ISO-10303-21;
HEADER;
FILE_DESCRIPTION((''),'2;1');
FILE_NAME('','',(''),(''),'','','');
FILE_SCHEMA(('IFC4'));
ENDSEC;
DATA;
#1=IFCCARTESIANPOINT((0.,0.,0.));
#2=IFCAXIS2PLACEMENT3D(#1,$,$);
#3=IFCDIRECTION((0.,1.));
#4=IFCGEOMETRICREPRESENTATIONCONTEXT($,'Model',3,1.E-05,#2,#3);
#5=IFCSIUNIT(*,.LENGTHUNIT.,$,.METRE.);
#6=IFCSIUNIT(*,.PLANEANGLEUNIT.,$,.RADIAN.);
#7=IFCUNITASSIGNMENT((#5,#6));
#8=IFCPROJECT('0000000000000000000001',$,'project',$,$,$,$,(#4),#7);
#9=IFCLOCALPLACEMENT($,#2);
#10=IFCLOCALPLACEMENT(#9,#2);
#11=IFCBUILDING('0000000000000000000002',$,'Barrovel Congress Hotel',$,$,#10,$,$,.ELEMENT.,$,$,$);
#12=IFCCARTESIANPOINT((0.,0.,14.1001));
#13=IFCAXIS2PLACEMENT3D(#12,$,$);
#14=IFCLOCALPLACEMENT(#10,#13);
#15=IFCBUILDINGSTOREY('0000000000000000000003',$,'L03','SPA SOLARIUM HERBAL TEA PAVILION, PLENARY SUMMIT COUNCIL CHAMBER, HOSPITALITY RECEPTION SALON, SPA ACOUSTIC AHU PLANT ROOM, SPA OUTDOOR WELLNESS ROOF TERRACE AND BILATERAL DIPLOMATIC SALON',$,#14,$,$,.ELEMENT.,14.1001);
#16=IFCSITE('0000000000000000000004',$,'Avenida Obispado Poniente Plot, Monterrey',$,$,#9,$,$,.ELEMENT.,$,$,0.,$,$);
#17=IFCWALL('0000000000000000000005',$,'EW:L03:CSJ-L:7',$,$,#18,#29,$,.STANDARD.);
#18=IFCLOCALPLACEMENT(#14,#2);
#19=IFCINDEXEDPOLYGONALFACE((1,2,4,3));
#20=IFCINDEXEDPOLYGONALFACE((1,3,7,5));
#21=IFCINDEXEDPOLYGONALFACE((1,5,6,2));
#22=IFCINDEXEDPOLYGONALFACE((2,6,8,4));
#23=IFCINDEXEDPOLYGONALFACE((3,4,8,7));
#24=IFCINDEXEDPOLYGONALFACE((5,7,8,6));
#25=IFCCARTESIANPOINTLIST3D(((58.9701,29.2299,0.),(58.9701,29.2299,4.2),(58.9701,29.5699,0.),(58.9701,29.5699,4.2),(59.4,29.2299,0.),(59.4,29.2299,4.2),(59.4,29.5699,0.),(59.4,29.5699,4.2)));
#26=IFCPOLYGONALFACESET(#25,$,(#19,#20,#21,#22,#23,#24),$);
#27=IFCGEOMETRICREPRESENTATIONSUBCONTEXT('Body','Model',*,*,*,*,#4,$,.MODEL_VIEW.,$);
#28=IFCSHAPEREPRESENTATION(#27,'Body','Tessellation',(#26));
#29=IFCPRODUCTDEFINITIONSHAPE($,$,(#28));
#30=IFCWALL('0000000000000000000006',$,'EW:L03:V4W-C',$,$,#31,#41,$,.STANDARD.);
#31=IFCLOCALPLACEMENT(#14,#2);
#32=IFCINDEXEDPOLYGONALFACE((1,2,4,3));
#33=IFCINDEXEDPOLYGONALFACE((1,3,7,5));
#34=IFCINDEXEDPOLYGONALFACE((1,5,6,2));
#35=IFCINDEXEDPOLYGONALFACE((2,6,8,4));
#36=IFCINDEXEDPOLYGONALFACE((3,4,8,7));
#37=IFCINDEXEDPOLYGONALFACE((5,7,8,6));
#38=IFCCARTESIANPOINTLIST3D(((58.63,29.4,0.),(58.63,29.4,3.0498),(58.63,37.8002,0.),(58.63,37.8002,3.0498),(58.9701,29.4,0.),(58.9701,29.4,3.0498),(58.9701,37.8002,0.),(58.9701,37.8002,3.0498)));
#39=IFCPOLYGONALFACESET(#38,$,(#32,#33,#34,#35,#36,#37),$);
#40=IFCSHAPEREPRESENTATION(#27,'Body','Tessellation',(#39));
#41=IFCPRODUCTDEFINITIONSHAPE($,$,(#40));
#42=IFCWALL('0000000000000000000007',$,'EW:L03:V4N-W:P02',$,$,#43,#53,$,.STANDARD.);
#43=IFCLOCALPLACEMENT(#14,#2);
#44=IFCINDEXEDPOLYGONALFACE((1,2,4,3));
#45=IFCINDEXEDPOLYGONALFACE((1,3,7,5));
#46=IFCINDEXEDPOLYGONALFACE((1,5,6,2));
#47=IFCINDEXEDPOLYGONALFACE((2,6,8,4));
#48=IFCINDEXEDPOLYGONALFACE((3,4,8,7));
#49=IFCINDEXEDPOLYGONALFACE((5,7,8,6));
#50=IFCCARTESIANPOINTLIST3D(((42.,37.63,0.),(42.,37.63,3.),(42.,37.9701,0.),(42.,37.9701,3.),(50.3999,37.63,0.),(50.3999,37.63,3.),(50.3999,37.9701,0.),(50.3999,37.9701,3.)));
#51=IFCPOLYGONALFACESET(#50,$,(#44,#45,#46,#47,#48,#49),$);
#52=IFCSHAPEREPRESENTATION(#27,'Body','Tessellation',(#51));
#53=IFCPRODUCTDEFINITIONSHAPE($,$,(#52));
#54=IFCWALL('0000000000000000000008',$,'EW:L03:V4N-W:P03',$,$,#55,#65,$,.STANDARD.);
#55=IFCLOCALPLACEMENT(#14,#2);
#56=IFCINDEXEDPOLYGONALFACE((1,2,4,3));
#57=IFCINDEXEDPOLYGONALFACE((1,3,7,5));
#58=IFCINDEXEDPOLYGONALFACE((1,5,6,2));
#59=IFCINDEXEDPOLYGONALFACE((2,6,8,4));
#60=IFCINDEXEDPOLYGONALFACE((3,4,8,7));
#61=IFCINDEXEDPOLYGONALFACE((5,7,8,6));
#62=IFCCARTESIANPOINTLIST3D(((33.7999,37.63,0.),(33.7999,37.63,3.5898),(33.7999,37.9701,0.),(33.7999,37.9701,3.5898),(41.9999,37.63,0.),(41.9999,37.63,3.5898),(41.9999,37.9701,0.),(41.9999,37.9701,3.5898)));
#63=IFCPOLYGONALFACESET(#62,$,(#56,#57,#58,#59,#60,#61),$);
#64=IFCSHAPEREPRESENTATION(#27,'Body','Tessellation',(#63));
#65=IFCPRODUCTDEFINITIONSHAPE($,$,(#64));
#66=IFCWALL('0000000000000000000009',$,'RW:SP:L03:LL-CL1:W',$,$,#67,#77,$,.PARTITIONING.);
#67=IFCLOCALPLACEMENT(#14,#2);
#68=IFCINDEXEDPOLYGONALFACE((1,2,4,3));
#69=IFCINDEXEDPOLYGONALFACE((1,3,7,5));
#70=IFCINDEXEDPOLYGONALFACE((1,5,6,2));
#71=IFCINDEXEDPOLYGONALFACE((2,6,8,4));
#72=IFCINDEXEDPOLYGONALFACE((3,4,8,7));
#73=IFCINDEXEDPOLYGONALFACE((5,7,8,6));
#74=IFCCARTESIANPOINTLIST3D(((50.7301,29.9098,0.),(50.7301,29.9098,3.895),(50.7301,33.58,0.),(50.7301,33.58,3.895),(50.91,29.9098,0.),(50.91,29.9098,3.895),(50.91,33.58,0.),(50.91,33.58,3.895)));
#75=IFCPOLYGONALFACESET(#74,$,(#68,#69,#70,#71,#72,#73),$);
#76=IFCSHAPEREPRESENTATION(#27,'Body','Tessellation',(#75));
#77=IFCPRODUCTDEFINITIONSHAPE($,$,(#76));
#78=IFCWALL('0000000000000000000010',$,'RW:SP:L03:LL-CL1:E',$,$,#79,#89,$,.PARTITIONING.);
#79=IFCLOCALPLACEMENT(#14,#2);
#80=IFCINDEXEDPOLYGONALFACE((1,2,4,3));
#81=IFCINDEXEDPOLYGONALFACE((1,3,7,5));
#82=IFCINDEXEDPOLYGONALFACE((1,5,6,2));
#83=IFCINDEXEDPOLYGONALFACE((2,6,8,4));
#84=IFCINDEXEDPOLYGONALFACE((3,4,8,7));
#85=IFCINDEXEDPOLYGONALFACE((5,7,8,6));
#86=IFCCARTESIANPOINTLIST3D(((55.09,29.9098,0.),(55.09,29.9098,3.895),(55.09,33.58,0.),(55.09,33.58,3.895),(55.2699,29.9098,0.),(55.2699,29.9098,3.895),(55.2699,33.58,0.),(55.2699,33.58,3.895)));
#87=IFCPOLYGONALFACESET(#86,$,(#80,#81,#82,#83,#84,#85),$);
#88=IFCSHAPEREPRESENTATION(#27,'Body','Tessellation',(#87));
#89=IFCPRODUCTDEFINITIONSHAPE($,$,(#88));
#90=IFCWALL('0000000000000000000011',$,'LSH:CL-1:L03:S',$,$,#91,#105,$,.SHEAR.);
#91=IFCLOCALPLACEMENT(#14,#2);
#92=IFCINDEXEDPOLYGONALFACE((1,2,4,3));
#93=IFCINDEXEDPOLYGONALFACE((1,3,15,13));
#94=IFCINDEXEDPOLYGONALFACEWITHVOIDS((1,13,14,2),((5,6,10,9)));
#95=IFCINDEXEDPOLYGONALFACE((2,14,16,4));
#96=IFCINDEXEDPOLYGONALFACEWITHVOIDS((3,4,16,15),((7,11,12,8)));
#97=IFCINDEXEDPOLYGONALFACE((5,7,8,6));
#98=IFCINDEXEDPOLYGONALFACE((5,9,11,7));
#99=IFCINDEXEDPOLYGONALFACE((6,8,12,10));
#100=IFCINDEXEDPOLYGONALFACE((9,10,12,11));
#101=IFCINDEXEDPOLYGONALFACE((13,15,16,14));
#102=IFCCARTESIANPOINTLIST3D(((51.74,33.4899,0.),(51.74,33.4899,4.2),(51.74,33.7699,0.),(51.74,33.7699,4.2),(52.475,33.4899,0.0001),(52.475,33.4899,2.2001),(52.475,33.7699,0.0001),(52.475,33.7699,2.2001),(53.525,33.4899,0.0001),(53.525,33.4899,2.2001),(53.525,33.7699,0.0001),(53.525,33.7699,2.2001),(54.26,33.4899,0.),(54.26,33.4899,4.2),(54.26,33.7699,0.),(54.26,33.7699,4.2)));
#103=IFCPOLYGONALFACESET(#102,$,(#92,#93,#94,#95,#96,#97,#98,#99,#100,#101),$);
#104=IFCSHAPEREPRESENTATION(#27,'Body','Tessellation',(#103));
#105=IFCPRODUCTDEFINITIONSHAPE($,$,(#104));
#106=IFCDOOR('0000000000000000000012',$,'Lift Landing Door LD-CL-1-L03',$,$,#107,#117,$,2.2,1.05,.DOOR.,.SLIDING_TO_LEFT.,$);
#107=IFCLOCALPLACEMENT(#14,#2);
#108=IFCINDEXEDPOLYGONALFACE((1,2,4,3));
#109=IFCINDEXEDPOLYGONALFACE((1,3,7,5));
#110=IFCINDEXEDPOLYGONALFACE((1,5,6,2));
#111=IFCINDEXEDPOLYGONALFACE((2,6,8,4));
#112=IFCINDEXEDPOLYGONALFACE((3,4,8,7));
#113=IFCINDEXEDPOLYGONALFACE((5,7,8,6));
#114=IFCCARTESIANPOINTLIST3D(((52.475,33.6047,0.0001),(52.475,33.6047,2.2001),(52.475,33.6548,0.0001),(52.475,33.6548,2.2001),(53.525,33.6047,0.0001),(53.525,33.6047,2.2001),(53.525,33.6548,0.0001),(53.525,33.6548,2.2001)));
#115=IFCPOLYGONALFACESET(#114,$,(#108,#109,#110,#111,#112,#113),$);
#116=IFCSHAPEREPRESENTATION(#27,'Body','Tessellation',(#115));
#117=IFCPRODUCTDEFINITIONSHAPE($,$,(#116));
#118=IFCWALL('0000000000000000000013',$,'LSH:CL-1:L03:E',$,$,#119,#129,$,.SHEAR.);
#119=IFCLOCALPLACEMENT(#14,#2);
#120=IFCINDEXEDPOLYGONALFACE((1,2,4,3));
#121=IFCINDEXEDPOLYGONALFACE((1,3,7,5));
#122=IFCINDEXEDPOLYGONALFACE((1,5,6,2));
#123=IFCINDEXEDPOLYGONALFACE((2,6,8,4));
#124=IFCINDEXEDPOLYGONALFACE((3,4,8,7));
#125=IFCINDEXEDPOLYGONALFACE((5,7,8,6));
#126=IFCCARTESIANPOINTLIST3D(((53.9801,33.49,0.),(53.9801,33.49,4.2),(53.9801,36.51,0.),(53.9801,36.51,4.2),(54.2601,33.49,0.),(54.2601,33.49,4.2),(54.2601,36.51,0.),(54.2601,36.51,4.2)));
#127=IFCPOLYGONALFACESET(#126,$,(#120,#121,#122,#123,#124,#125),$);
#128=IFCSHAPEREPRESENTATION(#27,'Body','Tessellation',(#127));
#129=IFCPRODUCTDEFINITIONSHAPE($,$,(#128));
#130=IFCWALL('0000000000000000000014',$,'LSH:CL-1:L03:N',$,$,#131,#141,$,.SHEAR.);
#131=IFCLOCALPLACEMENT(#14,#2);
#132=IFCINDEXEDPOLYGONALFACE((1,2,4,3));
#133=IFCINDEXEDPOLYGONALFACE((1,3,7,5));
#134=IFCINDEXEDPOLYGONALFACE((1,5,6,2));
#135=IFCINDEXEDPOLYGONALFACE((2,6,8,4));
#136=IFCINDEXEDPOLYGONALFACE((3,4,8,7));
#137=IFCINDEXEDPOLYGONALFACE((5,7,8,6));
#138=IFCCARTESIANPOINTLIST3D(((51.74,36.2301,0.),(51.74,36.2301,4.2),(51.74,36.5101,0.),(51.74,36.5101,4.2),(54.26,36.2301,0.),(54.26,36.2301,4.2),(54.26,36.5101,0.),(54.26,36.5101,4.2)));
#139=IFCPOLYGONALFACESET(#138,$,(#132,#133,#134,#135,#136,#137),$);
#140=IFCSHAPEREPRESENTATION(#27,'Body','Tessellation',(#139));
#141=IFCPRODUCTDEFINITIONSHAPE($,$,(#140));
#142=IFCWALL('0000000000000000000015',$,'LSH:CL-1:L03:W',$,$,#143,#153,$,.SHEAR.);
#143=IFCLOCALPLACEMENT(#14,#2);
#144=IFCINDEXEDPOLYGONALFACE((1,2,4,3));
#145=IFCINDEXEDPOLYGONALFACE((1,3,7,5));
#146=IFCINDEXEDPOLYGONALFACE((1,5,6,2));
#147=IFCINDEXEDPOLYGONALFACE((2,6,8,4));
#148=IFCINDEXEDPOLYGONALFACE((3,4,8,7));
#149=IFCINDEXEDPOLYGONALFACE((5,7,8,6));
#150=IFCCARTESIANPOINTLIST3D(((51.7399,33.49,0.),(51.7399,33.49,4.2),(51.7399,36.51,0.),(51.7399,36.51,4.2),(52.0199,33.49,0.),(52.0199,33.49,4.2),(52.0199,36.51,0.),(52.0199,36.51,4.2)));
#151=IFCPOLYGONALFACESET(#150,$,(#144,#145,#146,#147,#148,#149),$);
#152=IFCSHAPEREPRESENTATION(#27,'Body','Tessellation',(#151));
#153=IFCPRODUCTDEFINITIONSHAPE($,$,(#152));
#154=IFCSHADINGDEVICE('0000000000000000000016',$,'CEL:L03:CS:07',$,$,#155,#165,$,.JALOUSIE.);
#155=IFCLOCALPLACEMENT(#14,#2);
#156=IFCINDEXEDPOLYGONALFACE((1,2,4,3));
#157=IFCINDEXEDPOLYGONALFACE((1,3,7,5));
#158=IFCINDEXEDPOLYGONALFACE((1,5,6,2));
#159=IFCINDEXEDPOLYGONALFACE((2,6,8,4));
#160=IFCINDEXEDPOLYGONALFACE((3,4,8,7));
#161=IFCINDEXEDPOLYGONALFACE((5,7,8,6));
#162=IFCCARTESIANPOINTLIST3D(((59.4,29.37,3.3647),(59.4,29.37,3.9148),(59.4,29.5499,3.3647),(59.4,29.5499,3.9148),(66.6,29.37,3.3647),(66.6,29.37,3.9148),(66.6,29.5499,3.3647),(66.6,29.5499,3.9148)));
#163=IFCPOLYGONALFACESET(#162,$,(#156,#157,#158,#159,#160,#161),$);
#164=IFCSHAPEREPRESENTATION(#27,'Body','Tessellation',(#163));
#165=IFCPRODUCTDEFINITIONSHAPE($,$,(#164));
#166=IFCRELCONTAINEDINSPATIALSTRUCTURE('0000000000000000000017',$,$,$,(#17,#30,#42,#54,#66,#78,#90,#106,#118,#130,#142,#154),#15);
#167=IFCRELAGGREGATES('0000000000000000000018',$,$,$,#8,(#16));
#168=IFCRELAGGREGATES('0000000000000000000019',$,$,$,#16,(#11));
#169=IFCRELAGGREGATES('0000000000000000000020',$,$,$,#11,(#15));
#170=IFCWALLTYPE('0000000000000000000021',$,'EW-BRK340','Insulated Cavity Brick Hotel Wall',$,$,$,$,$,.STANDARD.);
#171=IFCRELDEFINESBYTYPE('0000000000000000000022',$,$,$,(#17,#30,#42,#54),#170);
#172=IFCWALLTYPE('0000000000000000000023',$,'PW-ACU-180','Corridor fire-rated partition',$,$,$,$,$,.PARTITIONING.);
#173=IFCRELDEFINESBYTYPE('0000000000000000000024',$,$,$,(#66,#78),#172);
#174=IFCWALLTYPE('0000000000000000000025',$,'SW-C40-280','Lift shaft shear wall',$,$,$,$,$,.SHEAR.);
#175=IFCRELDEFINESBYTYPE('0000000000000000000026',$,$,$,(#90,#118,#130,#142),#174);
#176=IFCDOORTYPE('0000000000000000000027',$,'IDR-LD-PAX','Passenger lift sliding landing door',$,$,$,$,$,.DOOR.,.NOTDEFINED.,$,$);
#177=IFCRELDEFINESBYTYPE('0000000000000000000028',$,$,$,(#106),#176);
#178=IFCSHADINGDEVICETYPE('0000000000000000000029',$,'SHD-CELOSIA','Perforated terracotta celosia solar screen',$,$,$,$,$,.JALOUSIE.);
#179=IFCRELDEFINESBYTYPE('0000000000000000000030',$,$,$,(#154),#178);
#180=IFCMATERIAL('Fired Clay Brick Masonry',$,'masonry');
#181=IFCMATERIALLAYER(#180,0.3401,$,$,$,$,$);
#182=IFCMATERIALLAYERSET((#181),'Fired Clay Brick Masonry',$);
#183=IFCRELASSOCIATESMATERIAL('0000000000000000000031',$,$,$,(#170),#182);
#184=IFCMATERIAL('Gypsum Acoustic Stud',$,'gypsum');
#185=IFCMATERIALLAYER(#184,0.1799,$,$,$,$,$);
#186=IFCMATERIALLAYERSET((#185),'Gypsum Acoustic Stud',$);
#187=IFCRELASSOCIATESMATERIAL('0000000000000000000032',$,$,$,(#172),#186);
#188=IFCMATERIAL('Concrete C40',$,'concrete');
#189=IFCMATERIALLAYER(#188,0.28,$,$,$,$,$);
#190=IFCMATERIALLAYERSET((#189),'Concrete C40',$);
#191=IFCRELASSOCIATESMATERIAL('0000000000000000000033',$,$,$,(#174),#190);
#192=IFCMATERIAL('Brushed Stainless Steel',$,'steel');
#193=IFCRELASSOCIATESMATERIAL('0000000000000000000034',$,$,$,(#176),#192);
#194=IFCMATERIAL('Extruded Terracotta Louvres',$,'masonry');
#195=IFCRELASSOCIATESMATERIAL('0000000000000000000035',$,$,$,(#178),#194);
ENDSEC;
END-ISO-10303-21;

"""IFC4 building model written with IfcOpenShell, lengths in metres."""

from ifc_helpers import new_model, si_unit, direction, frame, frame_2d, origin, origin_2d, place, context, subcontext, project, spatial, rectangle, extrude, material, layer, layer_set, type_object, element, fill, save


model = new_model("IFC4")

# Units and contexts
model_context = context("Model", 3, precision=1e-05, world=origin(), true_north=direction((0.0, 1.0)))
body_context = subcontext(model_context, "Body", "Model", "MODEL_VIEW")
ifc_project = project(units=[si_unit("LENGTHUNIT", "METRE"), si_unit("PLANEANGLEUNIT", "RADIAN")], contexts=[model_context])

# Site, building, storey
site_placement = place(None, origin())
site = spatial("IfcSite", under=ifc_project, at=site_placement, Name="Avenida Obispado Poniente Plot, Monterrey", CompositionType="ELEMENT", RefElevation=0.0)
building_placement = place(site_placement, origin())
building = spatial("IfcBuilding", under=site, at=building_placement, Name="Barrovel Congress Hotel", CompositionType="ELEMENT")
storey_placement = place(building_placement, frame((0.0, 0.0, 14.1001)))
storey = spatial("IfcBuildingStorey", under=building, at=storey_placement, Name="L03", Description="SPA SOLARIUM HERBAL TEA PAVILION, PLENARY SUMMIT COUNCIL CHAMBER, HOSPITALITY RECEPTION SALON, SPA ACOUSTIC AHU PLANT ROOM, SPA OUTDOOR WELLNESS ROOF TERRACE AND BILATERAL DIPLOMATIC SALON", CompositionType="ELEMENT", Elevation=14.1001)

# Shared definitions
ifc_material_1 = material(Name="Concrete C40", Category="concrete")

# Walls
ifc_material_2 = material(Name="Fired Clay Brick Masonry", Category="masonry")
ifc_layer_1 = layer(ifc_material_2, 0.3401)
ifc_layer_set_1 = layer_set([ifc_layer_1], Name="Fired Clay Brick Masonry")
wall_type_1 = type_object("IfcWallType", Name="EW-BRK340", Description="Insulated Cavity Brick Hotel Wall", PredefinedType="STANDARD", material=ifc_layer_set_1)
wall_1_placement = place(storey_placement, frame((59.3999, 29.3999, 0.0), z_axis=(0.0, 0.0, 1.0), x_axis=(-1.0, 0.0, 0.0)))
element("IfcWall", 1, at=wall_1_placement, inside=storey, type_object=wall_type_1, Name="EW:L03:CSJ-L:7", PredefinedType="STANDARD", context=body_context, shape_type="SweptSolid", body=[
    extrude(rectangle(XDim=0.4299, YDim=0.3401, at=frame_2d((0.2148, 0.0))), origin(), (0.0, 0.0, 1.0), 4.2),
])
wall_2_placement = place(storey_placement, frame((58.8, 29.3999, 0.0), z_axis=(0.0, 0.0, 1.0), x_axis=(0.0, 1.0, 0.0)))
element("IfcWall", 2, at=wall_2_placement, inside=storey, type_object=wall_type_1, Name="EW:L03:V4W-C", PredefinedType="STANDARD", context=body_context, shape_type="SweptSolid", body=[
    extrude(rectangle(XDim=8.4001, YDim=0.3401, at=frame_2d((4.2002, 0.0))), origin(), (0.0, 0.0, 1.0), 3.0498),
])
wall_3_placement = place(storey_placement, frame((50.3999, 37.8, 0.0), z_axis=(0.0, 0.0, 1.0), x_axis=(-1.0, 0.0, 0.0)))
element("IfcWall", 3, at=wall_3_placement, inside=storey, type_object=wall_type_1, Name="EW:L03:V4N-W:P02", PredefinedType="STANDARD", context=body_context, shape_type="SweptSolid", body=[
    extrude(rectangle(XDim=8.3999, YDim=0.3401, at=frame_2d((4.2, 0.0))), origin(), (0.0, 0.0, 1.0), 3.0),
])
wall_4_placement = place(storey_placement, frame((42.0, 37.8, 0.0), z_axis=(0.0, 0.0, 1.0), x_axis=(-1.0, 0.0, 0.0)))
element("IfcWall", 4, at=wall_4_placement, inside=storey, type_object=wall_type_1, Name="EW:L03:V4N-W:P03", PredefinedType="STANDARD", context=body_context, shape_type="SweptSolid", body=[
    extrude(rectangle(XDim=8.2, YDim=0.3401, at=frame_2d((4.1001, 0.0))), origin(), (0.0, 0.0, 1.0), 3.5898),
])

# Shared definitions
ifc_material_3 = material(Name="Gypsum Acoustic Stud", Category="gypsum")
ifc_layer_2 = layer(ifc_material_3, 0.1799)
ifc_layer_set_2 = layer_set([ifc_layer_2], Name="Gypsum Acoustic Stud")
wall_type_2 = type_object("IfcWallType", Name="PW-ACU-180", Description="Corridor fire-rated partition", PredefinedType="PARTITIONING", material=ifc_layer_set_2)

# Walls
for number, where, z_axis, x_axis, name in (
    (5, (50.8201, 29.9099, 0.0), (0.0, 0.0, 1.0), (0.0, 1.0, 0.0), "RW:SP:L03:LL-CL1:W"),
    (6, (55.1799, 29.9099, 0.0), (0.0, 0.0, 1.0), (0.0, 1.0, 0.0), "RW:SP:L03:LL-CL1:E"),
):
    element("IfcWall", number, at=place(storey_placement, frame(where, z_axis=z_axis, x_axis=x_axis)), inside=storey, type_object=wall_type_2, Name=name, PredefinedType="PARTITIONING", context=body_context, shape_type="SweptSolid", body=[
        extrude(rectangle(XDim=3.6702, YDim=0.1799, at=frame_2d((1.835, 0.0))), origin(), (0.0, 0.0, 1.0), 3.895),
    ])

# Wall, opening, door
ifc_layer_3 = layer(ifc_material_1, 0.28)
ifc_layer_set_3 = layer_set([ifc_layer_3], Name="Concrete C40")
wall_type_3 = type_object("IfcWallType", Name="SW-C40-280", Description="Lift shaft shear wall", PredefinedType="SHEAR", material=ifc_layer_set_3)
wall_5_placement = place(storey_placement, frame((51.74, 33.6299, 0.0), z_axis=(0.0, 0.0, 1.0), x_axis=(1.0, 0.0, 0.0)))
wall_5 = element("IfcWall", 7, at=wall_5_placement, inside=storey, type_object=wall_type_3, Name="LSH:CL-1:L03:S", PredefinedType="SHEAR", context=body_context, shape_type="SweptSolid", body=[
    extrude(rectangle(XDim=2.52, YDim=0.28, at=frame_2d((1.26, 0.0))), origin(), (0.0, 0.0, 1.0), 4.2),
])
opening_1_placement = place(wall_5_placement, frame((0.7351, 0.0, 0.0)))
opening_1 = element("IfcOpeningElement", 8, at=opening_1_placement, cuts=wall_5, PredefinedType="OPENING", context=body_context, shape_type="SweptSolid", body=[
    extrude(rectangle(XDim=1.05, YDim=2.2, at=frame_2d((0.5249, 1.1001))), frame((0.0, 0.1499, 0.0), z_axis=(0.0, -1.0, 0.0), x_axis=(1.0, 0.0, 0.0)), (0.0, 0.0, 1.0), 0.3),
])
ifc_material_4 = material(Name="Brushed Stainless Steel", Category="steel")
door_type_1 = type_object("IfcDoorType", Name="IDR-LD-PAX", Description="Passenger lift sliding landing door", OperationType="NOTDEFINED", PredefinedType="DOOR", material=ifc_material_4)
door_1_placement = place(opening_1_placement, origin())
door_1 = element("IfcDoor", 9, at=door_1_placement, inside=storey, type_object=door_type_1, Name="Lift Landing Door LD-CL-1-L03", OperationType="SLIDING_TO_LEFT", OverallHeight=2.2, OverallWidth=1.05, PredefinedType="DOOR", context=body_context, shape_type="SweptSolid", body=[
    extrude(rectangle(XDim=1.05, YDim=2.2, at=frame_2d((0.5249, 1.1001))), frame((0.0, 0.0249, 0.0), z_axis=(0.0, -1.0, 0.0), x_axis=(1.0, 0.0, 0.0)), (0.0, 0.0, 1.0), 0.05),
])
fill(opening_1, door_1)

# Walls
wall_6_placement = place(storey_placement, frame((54.1201, 33.49, 0.0), z_axis=(0.0, 0.0, 1.0), x_axis=(0.0, 1.0, 0.0)))
element("IfcWall", 10, at=wall_6_placement, inside=storey, type_object=wall_type_3, Name="LSH:CL-1:L03:E", PredefinedType="SHEAR", context=body_context, shape_type="SweptSolid", body=[
    extrude(rectangle(XDim=3.02, YDim=0.28, at=frame_2d((1.51, 0.0))), origin(), (0.0, 0.0, 1.0), 4.2),
])
wall_7_placement = place(storey_placement, frame((54.26, 36.3701, 0.0), z_axis=(0.0, 0.0, 1.0), x_axis=(-1.0, 0.0, 0.0)))
element("IfcWall", 11, at=wall_7_placement, inside=storey, type_object=wall_type_3, Name="LSH:CL-1:L03:N", PredefinedType="SHEAR", context=body_context, shape_type="SweptSolid", body=[
    extrude(rectangle(XDim=2.52, YDim=0.28, at=frame_2d((1.26, 0.0))), origin(), (0.0, 0.0, 1.0), 4.2),
])
wall_8_placement = place(storey_placement, frame((51.8799, 36.51, 0.0), z_axis=(0.0, 0.0, 1.0), x_axis=(0.0, -1.0, 0.0)))
element("IfcWall", 12, at=wall_8_placement, inside=storey, type_object=wall_type_3, Name="LSH:CL-1:L03:W", PredefinedType="SHEAR", context=body_context, shape_type="SweptSolid", body=[
    extrude(rectangle(XDim=3.02, YDim=0.28, at=frame_2d((1.51, 0.0))), origin(), (0.0, 0.0, 1.0), 4.2),
])

# Shading device
ifc_material_5 = material(Name="Extruded Terracotta Louvres", Category="masonry")
shading_device_type = type_object("IfcShadingDeviceType", Name="SHD-CELOSIA", Description="Perforated terracotta celosia solar screen", PredefinedType="JALOUSIE", material=ifc_material_5)
shading_device_placement = place(storey_placement, frame((63.0, 29.46, 3.3647), z_axis=(0.0, 0.0, 1.0), x_axis=(1.0, 0.0, 0.0)))
element("IfcShadingDevice", 13, at=shading_device_placement, inside=storey, type_object=shading_device_type, Name="CEL:L03:CS:07", PredefinedType="JALOUSIE", context=body_context, shape_type="SweptSolid", body=[
    extrude(rectangle(XDim=7.2, YDim=0.1799, at=origin_2d()), origin(), (0.0, 0.0, 1.0), 0.55),
])

save(model, "model.ifc")
